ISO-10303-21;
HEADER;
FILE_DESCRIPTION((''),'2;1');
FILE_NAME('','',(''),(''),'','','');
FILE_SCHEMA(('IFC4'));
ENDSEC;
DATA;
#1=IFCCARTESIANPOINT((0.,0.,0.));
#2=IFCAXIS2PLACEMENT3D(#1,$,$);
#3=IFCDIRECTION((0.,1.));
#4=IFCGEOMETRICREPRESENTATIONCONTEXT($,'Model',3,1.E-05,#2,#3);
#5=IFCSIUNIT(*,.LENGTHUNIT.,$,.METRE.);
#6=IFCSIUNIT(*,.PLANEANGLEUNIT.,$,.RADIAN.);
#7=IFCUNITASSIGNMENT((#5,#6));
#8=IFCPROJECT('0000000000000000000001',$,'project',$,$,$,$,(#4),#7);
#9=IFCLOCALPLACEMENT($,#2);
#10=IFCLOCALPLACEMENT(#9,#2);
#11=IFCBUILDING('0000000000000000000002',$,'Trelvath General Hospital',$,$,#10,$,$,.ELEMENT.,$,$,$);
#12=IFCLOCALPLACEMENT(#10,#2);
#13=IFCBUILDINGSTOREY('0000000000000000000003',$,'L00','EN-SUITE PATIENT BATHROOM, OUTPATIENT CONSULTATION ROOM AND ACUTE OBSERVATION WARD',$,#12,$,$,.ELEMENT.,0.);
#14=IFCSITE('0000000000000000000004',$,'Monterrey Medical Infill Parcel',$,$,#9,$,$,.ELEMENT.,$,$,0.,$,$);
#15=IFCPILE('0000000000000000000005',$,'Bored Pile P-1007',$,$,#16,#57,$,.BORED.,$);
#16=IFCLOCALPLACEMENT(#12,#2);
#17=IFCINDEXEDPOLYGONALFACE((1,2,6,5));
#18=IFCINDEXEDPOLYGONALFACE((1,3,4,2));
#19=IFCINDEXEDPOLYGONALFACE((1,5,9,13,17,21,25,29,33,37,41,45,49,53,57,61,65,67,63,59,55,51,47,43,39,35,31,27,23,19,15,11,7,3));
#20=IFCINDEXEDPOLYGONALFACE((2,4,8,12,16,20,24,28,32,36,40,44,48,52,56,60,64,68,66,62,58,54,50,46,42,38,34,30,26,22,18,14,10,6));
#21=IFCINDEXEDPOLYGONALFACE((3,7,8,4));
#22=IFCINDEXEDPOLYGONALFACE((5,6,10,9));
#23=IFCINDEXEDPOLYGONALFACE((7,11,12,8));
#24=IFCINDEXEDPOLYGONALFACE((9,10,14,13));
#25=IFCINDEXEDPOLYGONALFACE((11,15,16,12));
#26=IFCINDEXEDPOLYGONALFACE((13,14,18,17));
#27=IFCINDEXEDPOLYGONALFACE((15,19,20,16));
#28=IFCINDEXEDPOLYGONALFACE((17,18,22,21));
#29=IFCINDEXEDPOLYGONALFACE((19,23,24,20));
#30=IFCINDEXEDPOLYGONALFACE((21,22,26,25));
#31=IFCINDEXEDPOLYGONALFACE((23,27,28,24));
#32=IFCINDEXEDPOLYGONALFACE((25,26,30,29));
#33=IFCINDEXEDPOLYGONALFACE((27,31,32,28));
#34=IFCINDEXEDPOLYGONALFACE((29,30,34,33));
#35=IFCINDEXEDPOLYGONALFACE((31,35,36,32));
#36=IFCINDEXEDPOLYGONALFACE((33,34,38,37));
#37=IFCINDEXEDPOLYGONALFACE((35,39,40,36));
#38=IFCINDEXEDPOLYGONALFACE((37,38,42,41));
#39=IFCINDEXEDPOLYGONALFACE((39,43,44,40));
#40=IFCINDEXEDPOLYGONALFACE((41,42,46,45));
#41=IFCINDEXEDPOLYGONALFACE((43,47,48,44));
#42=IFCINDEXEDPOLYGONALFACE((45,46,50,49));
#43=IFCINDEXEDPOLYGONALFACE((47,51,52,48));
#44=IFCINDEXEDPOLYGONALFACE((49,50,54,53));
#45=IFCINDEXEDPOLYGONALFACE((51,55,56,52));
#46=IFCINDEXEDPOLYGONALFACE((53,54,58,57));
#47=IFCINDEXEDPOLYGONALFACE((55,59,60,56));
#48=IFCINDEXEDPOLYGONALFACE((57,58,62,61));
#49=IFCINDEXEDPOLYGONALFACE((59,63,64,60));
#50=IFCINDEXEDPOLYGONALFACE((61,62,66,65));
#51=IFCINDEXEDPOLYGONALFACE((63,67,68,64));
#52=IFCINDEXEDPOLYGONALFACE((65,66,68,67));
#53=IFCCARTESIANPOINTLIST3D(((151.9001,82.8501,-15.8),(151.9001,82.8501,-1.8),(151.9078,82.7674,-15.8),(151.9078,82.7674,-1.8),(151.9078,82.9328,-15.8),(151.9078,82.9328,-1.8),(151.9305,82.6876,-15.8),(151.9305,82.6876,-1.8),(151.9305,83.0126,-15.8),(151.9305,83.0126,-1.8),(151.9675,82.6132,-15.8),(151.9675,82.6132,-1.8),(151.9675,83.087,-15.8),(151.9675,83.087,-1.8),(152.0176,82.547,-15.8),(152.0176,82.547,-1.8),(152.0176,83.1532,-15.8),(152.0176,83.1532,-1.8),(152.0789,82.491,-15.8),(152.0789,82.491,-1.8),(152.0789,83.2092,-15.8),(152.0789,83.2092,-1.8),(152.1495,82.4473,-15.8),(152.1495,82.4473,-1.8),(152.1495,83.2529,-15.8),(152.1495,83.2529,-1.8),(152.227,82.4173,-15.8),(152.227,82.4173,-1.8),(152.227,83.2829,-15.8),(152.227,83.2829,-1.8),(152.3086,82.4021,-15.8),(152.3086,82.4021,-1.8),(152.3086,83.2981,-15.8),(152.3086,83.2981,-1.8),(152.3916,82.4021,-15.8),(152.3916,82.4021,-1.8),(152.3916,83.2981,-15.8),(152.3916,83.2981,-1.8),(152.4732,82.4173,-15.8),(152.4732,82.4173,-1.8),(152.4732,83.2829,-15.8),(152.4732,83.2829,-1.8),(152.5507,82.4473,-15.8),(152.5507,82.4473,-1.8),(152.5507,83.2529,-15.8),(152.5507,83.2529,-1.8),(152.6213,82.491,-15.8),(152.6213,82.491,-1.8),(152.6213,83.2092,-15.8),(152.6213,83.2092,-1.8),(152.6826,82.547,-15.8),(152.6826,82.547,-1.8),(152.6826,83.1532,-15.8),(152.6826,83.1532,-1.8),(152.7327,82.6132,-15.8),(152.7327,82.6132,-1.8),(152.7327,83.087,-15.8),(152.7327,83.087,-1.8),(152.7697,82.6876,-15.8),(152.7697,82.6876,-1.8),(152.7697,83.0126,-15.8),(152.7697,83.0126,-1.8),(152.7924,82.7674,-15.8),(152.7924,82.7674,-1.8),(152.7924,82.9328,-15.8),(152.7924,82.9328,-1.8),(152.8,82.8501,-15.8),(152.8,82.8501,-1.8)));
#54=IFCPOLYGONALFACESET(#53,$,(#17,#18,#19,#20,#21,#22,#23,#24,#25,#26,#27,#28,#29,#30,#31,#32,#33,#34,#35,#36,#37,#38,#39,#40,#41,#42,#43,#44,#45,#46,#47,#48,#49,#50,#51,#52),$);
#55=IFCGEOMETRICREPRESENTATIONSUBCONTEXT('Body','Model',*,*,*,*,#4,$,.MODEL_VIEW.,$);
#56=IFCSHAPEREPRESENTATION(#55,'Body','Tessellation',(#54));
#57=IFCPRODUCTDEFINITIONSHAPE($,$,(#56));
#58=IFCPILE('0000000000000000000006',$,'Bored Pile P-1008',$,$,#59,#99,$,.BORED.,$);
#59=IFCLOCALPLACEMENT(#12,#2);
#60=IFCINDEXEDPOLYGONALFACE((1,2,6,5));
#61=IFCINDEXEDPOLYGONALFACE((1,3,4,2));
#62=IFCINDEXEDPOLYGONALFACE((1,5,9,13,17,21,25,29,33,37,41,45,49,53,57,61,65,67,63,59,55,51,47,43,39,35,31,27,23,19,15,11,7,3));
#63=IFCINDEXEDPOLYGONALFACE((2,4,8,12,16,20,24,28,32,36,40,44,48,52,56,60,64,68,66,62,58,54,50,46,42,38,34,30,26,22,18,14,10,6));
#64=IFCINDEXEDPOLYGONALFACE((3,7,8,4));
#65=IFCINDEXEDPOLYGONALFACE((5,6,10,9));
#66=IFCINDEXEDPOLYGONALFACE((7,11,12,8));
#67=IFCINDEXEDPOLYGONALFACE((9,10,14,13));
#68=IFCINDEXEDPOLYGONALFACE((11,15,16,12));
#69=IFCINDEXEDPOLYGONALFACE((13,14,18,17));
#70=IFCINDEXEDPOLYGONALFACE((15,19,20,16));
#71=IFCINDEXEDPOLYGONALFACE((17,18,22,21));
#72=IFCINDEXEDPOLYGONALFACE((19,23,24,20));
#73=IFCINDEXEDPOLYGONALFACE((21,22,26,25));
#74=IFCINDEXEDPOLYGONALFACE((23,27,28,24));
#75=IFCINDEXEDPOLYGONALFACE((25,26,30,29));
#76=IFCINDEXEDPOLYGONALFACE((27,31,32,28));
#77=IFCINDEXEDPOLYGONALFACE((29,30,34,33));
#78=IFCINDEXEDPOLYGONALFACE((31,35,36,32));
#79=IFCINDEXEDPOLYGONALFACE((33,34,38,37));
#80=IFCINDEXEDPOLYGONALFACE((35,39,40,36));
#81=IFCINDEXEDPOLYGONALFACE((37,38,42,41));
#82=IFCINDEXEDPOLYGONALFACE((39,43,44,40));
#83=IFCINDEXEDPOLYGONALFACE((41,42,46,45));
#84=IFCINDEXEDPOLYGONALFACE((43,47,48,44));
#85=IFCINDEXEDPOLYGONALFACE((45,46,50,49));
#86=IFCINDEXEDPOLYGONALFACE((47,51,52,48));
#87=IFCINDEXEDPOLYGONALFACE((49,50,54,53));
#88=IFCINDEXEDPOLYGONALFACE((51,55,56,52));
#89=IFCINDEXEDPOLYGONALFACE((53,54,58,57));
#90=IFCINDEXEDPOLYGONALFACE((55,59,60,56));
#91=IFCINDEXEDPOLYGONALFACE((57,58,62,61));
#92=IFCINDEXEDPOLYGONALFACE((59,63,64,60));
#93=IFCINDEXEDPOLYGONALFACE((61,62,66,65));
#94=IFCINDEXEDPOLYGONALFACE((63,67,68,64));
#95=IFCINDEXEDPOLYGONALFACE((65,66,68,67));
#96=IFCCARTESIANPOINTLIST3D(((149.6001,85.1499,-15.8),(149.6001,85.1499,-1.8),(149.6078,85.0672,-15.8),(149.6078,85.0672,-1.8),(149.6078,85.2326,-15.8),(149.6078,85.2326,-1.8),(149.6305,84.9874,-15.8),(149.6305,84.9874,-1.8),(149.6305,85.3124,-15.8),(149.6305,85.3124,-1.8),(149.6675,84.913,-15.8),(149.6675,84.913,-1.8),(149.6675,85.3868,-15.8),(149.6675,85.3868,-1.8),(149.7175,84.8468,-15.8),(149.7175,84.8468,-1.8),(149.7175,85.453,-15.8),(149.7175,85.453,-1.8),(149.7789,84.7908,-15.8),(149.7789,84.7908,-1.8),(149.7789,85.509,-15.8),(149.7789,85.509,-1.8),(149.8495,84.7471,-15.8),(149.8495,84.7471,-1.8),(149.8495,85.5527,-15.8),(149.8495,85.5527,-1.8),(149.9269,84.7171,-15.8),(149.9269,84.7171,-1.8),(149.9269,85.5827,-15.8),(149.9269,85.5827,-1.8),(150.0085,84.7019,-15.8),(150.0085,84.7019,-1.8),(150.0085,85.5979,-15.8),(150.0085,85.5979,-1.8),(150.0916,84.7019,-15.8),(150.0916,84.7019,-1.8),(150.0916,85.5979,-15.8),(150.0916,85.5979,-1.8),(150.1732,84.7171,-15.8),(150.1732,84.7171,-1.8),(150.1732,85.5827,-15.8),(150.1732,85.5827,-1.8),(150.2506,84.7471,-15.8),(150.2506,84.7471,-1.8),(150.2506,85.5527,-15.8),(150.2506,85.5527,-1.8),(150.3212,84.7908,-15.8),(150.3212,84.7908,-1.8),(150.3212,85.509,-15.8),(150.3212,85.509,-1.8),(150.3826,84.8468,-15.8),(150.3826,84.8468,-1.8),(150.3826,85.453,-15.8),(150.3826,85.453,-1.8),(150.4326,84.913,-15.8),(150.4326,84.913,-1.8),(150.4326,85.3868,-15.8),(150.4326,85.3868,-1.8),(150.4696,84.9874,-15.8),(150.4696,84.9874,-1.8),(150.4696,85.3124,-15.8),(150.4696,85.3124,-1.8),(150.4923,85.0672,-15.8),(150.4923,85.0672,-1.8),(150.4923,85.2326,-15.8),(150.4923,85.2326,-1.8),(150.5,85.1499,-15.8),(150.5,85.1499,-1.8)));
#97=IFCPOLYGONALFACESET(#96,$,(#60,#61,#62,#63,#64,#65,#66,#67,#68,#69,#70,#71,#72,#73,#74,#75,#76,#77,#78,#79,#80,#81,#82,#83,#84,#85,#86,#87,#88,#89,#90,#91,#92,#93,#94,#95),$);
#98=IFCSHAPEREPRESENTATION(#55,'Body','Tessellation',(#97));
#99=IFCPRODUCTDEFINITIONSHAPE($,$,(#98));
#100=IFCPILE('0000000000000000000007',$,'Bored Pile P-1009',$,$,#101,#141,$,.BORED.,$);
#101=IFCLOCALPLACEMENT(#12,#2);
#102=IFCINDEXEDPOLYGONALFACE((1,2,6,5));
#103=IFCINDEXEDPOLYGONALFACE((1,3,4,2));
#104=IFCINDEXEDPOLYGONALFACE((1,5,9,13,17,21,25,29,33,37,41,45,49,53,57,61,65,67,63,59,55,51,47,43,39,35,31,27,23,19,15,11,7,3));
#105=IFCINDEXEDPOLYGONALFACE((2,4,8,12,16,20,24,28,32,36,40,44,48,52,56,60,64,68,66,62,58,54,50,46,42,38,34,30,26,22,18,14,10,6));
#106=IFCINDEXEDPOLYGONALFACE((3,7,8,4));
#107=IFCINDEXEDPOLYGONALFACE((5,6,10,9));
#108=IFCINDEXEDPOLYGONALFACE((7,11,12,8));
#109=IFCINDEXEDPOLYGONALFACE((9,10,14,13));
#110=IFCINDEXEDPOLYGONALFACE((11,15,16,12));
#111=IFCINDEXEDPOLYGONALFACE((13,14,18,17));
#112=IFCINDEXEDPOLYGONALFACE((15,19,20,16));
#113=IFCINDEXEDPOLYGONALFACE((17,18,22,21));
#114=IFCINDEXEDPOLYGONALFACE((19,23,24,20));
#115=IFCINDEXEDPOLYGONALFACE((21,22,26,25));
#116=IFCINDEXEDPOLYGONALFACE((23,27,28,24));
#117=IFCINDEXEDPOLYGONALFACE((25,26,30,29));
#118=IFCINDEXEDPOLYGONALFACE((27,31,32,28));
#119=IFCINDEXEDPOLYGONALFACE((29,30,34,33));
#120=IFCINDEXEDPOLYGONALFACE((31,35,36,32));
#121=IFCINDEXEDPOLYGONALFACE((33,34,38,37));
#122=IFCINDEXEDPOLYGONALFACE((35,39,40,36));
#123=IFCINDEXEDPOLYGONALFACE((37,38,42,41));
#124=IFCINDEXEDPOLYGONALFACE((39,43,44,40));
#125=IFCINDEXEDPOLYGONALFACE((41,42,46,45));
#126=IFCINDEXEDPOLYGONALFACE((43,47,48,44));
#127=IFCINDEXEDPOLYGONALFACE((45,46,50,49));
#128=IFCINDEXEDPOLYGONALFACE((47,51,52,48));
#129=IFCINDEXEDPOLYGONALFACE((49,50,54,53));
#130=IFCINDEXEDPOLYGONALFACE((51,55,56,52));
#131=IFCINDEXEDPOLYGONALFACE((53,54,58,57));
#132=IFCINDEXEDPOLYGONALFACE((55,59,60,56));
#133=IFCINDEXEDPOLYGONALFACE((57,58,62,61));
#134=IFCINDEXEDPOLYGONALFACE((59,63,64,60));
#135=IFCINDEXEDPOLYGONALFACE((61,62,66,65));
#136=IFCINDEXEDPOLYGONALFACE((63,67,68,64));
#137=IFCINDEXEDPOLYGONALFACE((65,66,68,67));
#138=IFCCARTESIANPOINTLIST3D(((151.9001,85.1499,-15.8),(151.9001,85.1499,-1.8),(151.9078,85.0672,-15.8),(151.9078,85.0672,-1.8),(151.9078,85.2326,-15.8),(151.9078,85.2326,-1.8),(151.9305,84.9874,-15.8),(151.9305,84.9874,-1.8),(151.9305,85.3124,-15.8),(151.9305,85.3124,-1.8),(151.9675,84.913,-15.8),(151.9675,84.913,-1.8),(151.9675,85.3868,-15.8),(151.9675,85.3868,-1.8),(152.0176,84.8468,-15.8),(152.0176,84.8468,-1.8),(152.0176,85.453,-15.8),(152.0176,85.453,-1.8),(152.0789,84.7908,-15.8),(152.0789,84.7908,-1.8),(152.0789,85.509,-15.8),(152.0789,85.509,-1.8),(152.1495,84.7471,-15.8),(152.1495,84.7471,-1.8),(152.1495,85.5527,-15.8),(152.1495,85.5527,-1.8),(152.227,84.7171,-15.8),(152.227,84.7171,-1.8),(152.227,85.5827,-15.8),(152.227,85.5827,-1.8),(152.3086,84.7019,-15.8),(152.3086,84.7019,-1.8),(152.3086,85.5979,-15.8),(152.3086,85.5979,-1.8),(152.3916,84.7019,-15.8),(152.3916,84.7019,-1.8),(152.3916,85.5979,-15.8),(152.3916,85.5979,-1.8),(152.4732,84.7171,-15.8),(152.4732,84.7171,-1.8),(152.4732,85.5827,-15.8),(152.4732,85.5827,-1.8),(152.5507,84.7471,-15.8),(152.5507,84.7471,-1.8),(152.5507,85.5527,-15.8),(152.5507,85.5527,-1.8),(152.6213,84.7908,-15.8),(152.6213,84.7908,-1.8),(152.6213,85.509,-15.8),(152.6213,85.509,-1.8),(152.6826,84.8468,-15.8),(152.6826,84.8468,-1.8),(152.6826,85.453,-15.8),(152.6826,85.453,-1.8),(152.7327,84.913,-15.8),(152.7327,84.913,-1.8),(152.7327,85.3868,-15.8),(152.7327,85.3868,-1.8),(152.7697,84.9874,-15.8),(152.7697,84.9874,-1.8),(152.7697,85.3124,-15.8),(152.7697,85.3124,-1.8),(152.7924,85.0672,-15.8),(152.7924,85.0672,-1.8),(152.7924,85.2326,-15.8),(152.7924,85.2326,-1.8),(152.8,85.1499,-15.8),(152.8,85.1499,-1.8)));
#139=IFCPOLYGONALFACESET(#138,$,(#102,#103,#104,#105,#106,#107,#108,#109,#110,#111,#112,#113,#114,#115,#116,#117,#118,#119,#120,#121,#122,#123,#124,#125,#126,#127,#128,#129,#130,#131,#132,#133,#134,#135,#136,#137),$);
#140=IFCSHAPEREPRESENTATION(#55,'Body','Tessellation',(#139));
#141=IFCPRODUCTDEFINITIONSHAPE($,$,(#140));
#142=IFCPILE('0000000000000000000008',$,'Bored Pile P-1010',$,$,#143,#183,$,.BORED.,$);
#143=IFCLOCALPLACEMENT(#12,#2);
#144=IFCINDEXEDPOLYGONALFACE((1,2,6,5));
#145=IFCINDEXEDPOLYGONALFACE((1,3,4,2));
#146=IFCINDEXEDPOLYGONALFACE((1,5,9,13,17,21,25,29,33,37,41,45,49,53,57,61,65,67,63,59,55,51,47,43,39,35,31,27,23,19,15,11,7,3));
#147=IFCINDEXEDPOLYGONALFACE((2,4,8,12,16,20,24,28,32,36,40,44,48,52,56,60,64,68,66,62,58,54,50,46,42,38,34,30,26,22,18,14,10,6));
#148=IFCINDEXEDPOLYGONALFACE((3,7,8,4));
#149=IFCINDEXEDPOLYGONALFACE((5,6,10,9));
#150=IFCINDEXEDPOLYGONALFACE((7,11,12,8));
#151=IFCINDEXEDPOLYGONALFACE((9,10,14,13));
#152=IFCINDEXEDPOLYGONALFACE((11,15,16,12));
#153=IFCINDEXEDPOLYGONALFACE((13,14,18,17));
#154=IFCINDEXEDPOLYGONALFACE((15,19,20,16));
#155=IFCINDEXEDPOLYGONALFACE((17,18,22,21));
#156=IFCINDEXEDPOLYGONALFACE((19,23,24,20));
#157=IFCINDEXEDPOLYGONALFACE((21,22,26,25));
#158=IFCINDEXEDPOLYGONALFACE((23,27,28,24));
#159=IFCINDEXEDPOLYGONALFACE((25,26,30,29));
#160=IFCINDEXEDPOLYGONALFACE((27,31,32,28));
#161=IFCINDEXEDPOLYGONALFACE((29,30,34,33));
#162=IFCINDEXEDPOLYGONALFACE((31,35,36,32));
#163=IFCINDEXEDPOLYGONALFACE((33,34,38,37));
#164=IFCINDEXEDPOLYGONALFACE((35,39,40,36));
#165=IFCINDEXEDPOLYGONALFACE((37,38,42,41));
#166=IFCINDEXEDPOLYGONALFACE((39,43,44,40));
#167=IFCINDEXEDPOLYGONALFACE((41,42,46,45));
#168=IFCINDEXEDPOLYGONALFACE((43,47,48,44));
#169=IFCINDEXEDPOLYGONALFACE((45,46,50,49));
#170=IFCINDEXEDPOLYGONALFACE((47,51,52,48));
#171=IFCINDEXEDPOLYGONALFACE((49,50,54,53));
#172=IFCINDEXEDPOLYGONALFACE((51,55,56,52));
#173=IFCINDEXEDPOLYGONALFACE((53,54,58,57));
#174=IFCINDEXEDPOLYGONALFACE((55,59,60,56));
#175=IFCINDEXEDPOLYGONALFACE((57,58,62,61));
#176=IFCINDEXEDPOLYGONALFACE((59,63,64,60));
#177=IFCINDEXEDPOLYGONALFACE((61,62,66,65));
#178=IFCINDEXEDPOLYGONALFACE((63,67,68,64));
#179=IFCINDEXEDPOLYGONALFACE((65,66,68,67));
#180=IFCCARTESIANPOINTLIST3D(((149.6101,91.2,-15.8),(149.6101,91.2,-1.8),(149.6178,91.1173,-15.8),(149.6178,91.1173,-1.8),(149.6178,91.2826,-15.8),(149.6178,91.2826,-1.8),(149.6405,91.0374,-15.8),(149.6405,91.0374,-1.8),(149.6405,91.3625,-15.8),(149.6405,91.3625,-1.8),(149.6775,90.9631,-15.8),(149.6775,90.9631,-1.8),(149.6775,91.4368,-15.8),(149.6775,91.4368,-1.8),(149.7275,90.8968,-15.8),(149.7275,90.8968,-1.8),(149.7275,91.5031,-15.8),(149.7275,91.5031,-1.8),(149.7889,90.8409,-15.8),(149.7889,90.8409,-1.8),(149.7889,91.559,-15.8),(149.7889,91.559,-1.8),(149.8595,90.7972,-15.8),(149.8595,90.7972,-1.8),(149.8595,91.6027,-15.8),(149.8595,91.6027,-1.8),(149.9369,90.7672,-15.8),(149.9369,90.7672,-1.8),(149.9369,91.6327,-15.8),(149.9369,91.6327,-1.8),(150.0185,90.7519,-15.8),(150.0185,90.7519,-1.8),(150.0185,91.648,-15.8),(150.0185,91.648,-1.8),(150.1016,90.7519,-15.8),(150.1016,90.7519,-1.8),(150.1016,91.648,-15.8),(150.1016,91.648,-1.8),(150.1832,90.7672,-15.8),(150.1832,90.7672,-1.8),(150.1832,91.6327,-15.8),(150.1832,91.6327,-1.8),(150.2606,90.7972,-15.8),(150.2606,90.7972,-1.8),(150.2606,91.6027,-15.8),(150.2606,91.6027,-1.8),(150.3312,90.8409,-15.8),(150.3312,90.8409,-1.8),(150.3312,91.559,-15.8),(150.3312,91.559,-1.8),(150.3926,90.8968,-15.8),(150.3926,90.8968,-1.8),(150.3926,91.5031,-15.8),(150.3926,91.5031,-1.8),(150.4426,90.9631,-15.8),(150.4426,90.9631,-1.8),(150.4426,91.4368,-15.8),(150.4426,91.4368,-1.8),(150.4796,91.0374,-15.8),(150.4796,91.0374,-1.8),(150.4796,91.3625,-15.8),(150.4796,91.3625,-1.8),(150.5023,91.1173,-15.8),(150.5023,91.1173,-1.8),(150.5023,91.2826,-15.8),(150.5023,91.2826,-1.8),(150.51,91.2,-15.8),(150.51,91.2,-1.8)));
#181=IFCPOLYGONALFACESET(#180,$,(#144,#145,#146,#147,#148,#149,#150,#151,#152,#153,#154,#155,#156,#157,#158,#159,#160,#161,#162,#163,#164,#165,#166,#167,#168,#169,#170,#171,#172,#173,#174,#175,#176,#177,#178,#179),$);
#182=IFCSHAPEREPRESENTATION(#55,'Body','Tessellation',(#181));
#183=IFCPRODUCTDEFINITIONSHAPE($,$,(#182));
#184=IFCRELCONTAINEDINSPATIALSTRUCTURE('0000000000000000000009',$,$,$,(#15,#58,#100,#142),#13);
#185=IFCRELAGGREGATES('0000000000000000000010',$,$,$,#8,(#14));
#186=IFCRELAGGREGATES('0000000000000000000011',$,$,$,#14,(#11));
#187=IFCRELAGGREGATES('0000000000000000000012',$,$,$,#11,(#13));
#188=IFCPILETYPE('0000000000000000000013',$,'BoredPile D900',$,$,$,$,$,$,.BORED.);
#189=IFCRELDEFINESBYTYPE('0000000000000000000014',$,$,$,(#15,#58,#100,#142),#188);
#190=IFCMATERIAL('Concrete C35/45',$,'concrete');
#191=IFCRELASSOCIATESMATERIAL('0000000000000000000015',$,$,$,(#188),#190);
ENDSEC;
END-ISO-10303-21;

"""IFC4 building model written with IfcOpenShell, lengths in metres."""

from ifc_helpers import new_model, si_unit, direction, frame, origin, origin_2d, place, context, subcontext, project, spatial, circle, extrude, material, material_profile, profile_set, type_object, element, save


model = new_model("IFC4")

# Units and contexts
model_context = context("Model", 3, precision=1e-05, world=origin(), true_north=direction((0.0, 1.0)))
body_context = subcontext(model_context, "Body", "Model", "MODEL_VIEW")
ifc_project = project(units=[si_unit("LENGTHUNIT", "METRE"), si_unit("PLANEANGLEUNIT", "RADIAN")], contexts=[model_context])

# Site, building, storey
site_placement = place(None, origin())
site = spatial("IfcSite", under=ifc_project, at=site_placement, Name="Monterrey Medical Infill Parcel", CompositionType="ELEMENT", RefElevation=0.0)
building_placement = place(site_placement, origin())
building = spatial("IfcBuilding", under=site, at=building_placement, Name="Trelvath General Hospital", CompositionType="ELEMENT")
storey_placement = place(building_placement, origin())
storey = spatial("IfcBuildingStorey", under=building, at=storey_placement, Name="L00", Description="EN-SUITE PATIENT BATHROOM, OUTPATIENT CONSULTATION ROOM AND ACUTE OBSERVATION WARD", CompositionType="ELEMENT", Elevation=0.0)

# Piles
ifc_material_1 = material(Name="Concrete C35/45", Category="concrete")
ifc_material_profile_1 = material_profile(ifc_material_1, circle(Radius=0.45, at=origin_2d()), Name="PILE900")
ifc_profile_set_1 = profile_set([ifc_material_profile_1], Name="Concrete C35/45")
pile_type_1 = type_object("IfcPileType", Name="BoredPile D900", PredefinedType="BORED", material=ifc_profile_set_1)
for number, where, z_axis, x_axis, name in (
    (1, (152.3501, 82.8501, -1.8), (0.0, 0.0, -1.0), (1.0, 0.0, 0.0), "Bored Pile P-1007"),
    (2, (150.05, 85.1499, -1.8), (0.0, 0.0, -1.0), (1.0, 0.0, 0.0), "Bored Pile P-1008"),
    (3, (152.3501, 85.1499, -1.8), (0.0, 0.0, -1.0), (1.0, 0.0, 0.0), "Bored Pile P-1009"),
    (4, (150.0601, 91.2, -1.8), (0.0, 0.0, -1.0), (1.0, 0.0, 0.0), "Bored Pile P-1010"),
):
    element("IfcPile", number, at=place(storey_placement, frame(where, z_axis=z_axis, x_axis=x_axis)), inside=storey, type_object=pile_type_1, Name=name, PredefinedType="BORED", context=body_context, shape_type="SweptSolid", body=[
        extrude(circle(Radius=0.45, at=origin_2d()), origin(), (0.0, 0.0, 1.0), 14.0),
    ])

save(model, "model.ifc")
